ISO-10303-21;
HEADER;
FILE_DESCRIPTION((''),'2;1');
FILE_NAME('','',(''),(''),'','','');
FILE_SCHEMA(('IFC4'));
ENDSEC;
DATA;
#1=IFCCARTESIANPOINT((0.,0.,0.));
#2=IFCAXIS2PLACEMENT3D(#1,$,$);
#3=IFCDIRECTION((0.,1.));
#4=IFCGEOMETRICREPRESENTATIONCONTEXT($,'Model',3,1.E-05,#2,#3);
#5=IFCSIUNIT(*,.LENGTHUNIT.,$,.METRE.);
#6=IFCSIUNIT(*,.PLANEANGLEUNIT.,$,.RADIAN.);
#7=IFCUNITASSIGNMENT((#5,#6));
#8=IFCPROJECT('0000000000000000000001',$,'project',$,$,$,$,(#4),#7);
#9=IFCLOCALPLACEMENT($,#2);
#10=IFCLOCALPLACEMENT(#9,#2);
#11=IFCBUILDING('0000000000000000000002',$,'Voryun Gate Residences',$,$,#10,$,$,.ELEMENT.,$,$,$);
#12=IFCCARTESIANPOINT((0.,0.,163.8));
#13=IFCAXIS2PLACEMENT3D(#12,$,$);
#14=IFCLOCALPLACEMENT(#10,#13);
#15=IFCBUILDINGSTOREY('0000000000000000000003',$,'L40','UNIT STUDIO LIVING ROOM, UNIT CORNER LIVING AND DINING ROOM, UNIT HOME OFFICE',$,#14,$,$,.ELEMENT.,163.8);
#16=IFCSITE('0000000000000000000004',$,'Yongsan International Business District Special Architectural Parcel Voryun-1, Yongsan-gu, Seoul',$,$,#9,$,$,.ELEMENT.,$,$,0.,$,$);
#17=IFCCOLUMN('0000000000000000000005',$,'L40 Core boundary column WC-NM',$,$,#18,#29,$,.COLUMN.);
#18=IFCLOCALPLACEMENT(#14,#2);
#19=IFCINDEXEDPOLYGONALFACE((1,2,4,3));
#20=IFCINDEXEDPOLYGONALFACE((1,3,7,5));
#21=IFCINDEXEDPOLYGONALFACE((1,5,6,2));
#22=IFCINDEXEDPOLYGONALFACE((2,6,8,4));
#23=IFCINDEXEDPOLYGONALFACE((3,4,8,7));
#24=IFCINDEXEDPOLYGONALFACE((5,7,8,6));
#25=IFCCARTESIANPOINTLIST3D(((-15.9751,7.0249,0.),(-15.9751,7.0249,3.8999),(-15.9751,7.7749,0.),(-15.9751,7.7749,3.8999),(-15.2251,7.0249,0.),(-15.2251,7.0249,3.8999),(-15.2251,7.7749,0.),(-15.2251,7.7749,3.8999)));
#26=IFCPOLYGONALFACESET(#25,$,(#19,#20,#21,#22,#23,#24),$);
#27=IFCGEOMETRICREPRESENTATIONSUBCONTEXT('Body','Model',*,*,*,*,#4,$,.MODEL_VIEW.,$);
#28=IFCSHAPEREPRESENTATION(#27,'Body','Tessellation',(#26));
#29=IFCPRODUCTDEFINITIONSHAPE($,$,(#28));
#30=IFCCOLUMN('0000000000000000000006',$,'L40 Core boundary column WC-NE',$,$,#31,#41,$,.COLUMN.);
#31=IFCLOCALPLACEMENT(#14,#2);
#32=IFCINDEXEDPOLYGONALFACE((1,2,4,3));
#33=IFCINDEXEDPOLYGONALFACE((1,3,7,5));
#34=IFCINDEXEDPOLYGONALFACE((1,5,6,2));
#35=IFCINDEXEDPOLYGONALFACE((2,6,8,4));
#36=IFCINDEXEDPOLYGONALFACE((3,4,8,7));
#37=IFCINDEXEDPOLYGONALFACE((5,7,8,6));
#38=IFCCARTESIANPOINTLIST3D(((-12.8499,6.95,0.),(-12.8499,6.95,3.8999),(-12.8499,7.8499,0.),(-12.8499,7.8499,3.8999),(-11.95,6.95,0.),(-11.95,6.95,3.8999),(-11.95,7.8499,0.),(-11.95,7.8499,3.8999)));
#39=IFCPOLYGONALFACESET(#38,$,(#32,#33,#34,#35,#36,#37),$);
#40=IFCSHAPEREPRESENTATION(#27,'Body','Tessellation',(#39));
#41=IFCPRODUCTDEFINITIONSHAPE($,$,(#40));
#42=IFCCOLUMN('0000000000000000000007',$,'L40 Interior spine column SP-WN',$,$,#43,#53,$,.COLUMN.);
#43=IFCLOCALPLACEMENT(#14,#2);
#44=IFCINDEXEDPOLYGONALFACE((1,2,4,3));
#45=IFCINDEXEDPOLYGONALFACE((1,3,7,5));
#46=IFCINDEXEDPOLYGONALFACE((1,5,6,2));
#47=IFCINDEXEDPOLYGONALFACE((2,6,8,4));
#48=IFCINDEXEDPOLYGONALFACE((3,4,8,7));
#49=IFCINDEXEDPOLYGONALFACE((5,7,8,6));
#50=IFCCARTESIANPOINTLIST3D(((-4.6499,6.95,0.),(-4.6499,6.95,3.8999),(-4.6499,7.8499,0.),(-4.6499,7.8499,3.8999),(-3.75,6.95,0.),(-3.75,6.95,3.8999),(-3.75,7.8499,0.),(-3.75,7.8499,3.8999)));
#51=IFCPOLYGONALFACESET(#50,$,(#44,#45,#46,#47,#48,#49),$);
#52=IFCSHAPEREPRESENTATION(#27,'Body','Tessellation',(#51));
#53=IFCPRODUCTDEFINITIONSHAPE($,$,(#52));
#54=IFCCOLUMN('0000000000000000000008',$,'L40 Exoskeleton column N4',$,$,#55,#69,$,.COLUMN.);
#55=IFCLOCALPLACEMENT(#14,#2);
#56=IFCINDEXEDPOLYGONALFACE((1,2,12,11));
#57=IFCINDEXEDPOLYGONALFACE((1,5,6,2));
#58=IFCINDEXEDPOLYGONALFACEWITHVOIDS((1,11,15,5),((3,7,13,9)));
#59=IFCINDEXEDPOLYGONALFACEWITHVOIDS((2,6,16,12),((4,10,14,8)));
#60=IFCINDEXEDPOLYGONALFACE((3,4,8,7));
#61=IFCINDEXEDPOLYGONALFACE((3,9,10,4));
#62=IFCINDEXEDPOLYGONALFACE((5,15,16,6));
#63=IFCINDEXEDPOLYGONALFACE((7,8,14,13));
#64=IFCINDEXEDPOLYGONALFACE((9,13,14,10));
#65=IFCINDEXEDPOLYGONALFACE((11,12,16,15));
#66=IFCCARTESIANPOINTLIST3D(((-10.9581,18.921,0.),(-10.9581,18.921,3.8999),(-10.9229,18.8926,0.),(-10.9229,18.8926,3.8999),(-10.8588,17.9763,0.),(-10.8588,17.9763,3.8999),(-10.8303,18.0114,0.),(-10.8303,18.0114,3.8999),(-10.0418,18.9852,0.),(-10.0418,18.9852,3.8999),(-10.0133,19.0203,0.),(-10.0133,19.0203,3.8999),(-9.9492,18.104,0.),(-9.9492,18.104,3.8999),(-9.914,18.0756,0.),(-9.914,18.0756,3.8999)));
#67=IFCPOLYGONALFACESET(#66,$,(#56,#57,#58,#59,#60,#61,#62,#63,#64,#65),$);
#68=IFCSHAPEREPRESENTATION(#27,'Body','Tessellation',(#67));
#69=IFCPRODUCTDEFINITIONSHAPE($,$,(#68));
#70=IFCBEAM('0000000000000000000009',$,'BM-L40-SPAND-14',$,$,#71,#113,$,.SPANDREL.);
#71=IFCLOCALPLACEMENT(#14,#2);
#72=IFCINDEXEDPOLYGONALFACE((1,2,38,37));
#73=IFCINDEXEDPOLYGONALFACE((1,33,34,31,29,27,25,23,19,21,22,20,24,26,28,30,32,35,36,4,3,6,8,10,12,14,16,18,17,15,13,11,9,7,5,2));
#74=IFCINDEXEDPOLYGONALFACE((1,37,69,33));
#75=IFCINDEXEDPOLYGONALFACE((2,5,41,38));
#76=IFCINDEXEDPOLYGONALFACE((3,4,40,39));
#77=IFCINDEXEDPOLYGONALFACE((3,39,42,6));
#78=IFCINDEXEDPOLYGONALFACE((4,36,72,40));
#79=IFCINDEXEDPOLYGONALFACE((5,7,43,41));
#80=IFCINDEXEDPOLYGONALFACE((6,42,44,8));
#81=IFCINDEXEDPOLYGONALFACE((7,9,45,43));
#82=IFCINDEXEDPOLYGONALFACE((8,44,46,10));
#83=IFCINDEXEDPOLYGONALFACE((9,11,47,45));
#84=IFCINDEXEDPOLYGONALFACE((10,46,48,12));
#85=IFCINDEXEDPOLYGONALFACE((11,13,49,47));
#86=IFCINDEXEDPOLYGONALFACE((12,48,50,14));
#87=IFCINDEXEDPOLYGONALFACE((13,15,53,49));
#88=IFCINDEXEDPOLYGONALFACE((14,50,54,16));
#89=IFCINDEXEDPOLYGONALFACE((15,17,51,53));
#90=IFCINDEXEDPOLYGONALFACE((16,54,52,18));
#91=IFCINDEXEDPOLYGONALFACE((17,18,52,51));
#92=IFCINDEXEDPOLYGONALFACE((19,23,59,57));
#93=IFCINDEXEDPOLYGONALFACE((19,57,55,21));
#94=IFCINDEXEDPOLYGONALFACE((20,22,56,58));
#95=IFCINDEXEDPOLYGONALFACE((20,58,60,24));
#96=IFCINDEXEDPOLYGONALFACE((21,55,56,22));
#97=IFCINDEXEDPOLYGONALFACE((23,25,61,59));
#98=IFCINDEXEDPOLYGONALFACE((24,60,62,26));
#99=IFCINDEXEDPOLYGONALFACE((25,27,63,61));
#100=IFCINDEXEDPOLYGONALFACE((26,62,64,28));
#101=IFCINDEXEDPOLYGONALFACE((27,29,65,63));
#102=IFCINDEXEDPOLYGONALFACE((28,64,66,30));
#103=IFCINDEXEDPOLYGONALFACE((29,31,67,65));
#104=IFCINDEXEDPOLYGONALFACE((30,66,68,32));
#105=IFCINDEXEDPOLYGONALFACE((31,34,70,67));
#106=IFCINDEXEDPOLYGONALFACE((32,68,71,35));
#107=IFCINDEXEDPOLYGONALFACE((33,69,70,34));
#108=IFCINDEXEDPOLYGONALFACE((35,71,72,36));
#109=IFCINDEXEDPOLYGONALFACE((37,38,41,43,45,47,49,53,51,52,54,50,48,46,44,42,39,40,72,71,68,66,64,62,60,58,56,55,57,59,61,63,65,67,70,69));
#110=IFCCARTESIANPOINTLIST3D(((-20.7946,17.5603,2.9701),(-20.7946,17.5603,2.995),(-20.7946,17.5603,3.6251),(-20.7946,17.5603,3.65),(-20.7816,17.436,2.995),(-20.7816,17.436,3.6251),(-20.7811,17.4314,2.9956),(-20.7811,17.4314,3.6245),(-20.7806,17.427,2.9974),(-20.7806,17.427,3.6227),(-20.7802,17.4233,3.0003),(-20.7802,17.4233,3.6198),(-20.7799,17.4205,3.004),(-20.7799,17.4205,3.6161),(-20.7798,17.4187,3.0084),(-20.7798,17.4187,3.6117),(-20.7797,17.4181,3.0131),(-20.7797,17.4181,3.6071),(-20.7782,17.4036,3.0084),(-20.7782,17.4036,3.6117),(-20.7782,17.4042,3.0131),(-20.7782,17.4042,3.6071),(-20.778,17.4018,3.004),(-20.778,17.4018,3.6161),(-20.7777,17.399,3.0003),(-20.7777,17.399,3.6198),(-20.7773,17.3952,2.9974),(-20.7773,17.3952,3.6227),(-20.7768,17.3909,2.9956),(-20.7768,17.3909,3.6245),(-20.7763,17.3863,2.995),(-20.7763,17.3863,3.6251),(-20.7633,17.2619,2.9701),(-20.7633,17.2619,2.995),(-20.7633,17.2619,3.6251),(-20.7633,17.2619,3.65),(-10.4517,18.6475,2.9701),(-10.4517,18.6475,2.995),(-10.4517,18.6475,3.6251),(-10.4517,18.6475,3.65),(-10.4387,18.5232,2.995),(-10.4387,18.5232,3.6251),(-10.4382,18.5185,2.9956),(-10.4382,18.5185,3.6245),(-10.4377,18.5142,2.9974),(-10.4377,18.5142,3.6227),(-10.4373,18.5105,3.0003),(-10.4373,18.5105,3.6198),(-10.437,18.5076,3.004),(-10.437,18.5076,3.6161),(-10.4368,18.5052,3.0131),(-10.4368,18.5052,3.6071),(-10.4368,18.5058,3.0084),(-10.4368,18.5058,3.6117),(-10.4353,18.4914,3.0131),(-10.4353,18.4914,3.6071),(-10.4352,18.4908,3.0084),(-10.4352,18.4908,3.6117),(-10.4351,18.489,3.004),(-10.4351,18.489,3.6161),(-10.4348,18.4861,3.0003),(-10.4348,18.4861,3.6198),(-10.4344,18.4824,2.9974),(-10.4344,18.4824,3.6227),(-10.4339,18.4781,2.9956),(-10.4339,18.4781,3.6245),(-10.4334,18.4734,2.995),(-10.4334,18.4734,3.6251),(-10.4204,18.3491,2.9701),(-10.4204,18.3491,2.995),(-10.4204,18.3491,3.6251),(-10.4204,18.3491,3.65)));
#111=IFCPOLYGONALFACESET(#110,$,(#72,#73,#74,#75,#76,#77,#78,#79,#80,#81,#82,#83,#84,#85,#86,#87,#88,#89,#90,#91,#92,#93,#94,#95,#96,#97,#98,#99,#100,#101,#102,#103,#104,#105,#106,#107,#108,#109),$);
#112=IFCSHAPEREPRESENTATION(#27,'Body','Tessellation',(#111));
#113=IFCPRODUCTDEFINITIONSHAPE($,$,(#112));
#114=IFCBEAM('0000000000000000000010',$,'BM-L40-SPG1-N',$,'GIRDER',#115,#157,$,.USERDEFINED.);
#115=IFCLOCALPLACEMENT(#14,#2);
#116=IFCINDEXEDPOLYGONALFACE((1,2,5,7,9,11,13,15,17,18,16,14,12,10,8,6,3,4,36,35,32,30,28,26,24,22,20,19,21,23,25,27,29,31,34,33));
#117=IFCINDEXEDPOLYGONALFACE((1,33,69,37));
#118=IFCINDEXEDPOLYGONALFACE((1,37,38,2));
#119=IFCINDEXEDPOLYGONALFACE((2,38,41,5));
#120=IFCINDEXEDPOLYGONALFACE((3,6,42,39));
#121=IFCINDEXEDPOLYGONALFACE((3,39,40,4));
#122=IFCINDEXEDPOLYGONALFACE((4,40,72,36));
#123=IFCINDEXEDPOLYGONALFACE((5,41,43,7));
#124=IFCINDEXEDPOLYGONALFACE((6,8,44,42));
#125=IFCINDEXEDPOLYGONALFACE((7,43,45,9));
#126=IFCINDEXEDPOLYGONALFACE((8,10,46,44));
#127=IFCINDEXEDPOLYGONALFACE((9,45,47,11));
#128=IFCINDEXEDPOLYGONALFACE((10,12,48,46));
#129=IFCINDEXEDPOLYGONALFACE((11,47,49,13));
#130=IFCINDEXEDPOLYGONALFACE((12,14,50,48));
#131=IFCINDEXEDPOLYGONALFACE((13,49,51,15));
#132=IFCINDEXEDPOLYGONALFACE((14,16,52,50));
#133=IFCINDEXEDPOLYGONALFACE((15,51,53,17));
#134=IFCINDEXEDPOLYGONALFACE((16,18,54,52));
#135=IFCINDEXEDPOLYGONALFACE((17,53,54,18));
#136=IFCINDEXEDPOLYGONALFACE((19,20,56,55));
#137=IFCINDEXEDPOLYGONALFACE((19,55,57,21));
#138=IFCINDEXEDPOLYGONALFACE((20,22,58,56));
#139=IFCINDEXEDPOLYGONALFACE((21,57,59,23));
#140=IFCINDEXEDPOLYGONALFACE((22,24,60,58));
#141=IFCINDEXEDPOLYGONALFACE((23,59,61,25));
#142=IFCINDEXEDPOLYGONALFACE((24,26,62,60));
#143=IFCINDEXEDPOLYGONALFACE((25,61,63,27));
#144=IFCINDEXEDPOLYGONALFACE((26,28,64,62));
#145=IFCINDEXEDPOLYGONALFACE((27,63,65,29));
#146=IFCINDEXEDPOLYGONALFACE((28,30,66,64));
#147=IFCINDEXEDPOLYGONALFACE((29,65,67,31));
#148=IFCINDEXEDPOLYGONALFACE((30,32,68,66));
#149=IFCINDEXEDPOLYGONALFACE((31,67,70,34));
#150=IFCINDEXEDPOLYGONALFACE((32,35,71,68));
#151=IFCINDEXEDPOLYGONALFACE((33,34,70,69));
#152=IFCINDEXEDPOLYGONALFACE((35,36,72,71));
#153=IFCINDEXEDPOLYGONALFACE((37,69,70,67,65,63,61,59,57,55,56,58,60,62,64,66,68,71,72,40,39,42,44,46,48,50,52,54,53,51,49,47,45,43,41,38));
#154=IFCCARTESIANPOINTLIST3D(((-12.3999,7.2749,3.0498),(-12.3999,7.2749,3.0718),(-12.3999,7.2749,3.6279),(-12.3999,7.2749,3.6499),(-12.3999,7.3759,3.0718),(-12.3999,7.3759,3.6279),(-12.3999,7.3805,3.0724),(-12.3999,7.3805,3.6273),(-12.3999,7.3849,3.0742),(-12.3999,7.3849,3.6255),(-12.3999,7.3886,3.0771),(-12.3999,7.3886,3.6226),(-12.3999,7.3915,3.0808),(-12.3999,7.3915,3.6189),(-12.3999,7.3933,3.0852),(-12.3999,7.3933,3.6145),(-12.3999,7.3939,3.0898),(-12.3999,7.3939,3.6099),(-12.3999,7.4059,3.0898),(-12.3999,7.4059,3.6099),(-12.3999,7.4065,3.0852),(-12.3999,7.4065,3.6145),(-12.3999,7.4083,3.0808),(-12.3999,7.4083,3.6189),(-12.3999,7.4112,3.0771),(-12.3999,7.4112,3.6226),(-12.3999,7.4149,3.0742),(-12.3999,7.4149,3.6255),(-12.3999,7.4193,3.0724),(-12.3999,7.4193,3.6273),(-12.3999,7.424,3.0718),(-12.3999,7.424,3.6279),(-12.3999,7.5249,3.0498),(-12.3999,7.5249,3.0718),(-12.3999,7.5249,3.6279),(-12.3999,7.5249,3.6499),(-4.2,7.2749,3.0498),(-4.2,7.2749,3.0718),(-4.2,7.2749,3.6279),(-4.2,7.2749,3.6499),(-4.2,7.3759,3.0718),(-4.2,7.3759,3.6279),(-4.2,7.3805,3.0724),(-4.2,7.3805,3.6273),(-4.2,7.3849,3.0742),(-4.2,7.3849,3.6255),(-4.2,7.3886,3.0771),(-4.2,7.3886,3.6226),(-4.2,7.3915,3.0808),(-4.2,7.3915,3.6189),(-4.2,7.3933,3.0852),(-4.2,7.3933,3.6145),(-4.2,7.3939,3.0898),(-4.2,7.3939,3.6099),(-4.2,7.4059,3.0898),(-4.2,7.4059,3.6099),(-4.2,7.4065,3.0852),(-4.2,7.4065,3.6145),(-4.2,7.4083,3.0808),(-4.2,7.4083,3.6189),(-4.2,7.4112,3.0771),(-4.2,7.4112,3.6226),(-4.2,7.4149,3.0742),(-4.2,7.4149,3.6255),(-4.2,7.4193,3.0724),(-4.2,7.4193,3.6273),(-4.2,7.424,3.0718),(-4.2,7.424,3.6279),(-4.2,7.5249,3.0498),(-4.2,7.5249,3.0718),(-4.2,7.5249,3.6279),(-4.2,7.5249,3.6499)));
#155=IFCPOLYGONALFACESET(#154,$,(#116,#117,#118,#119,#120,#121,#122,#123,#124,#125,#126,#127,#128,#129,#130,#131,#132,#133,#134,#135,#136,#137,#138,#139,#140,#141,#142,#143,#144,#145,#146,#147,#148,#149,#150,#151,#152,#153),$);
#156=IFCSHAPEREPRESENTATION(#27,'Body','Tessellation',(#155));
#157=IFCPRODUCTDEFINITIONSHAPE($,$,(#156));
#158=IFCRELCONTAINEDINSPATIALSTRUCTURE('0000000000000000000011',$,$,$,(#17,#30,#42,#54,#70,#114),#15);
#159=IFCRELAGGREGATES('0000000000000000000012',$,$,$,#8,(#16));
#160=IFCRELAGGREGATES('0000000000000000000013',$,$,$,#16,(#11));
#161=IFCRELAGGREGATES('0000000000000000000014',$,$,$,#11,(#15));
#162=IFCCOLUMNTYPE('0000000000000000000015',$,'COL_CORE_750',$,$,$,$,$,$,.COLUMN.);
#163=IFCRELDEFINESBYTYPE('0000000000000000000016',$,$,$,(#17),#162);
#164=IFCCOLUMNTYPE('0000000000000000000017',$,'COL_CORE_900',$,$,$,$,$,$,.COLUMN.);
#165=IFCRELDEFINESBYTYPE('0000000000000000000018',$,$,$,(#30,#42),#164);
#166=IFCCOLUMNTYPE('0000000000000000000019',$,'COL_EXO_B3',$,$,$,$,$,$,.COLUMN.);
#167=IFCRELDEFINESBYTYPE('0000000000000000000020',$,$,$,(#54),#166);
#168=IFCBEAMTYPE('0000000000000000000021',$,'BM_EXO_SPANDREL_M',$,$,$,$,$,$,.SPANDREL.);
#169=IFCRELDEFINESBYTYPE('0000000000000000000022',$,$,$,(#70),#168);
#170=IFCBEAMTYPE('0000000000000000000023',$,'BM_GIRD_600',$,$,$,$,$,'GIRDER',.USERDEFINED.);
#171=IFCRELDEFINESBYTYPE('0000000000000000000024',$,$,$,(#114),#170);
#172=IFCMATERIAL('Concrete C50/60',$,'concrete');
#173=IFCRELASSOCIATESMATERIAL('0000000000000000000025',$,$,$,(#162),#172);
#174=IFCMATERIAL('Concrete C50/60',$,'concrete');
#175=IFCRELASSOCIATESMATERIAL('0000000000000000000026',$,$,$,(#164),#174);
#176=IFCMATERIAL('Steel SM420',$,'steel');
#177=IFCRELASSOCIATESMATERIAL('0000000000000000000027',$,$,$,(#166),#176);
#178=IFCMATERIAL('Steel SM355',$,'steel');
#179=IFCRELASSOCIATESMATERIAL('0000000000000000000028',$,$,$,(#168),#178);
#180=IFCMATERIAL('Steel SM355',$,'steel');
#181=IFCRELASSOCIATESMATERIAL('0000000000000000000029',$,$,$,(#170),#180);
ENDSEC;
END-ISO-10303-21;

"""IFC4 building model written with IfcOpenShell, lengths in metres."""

from ifc_helpers import new_model, si_unit, direction, frame, origin, origin_2d, place, context, subcontext, project, spatial, rectangle, hollow_rectangle, i_section, extrude, material, material_profile, profile_set, type_object, element, save


model = new_model("IFC4")

# Units and contexts
model_context = context("Model", 3, precision=1e-05, world=origin(), true_north=direction((0.0, 1.0)))
body_context = subcontext(model_context, "Body", "Model", "MODEL_VIEW")
ifc_project = project(units=[si_unit("LENGTHUNIT", "METRE"), si_unit("PLANEANGLEUNIT", "RADIAN")], contexts=[model_context])

# Site, building, storey
site_placement = place(None, origin())
site = spatial("IfcSite", under=ifc_project, at=site_placement, Name="Yongsan International Business District Special Architectural Parcel Voryun-1, Yongsan-gu, Seoul", CompositionType="ELEMENT", RefElevation=0.0)
building_placement = place(site_placement, origin())
building = spatial("IfcBuilding", under=site, at=building_placement, Name="Voryun Gate Residences", CompositionType="ELEMENT")
storey_placement = place(building_placement, frame((0.0, 0.0, 163.8)))
storey = spatial("IfcBuildingStorey", under=building, at=storey_placement, Name="L40", Description="UNIT STUDIO LIVING ROOM, UNIT CORNER LIVING AND DINING ROOM, UNIT HOME OFFICE", CompositionType="ELEMENT", Elevation=163.8)

# Columns
ifc_material_1 = material(Name="Concrete C50/60", Category="concrete")
ifc_material_profile_1 = material_profile(ifc_material_1, rectangle(XDim=0.75, YDim=0.75, at=origin_2d()), Name="RC-750x750")
ifc_profile_set_1 = profile_set([ifc_material_profile_1], Name="Concrete C50/60")
column_type_1 = type_object("IfcColumnType", Name="COL_CORE_750", PredefinedType="COLUMN", material=ifc_profile_set_1)
column_1_placement = place(storey_placement, frame((-15.6001, 7.3999, 0.0), z_axis=(0.0, 0.0, 1.0), x_axis=(1.0, 0.0, 0.0)))
element("IfcColumn", 1, at=column_1_placement, inside=storey, type_object=column_type_1, Name="L40 Core boundary column WC-NM", PredefinedType="COLUMN", context=body_context, shape_type="SweptSolid", body=[
    extrude(rectangle(XDim=0.75, YDim=0.75, at=origin_2d()), origin(), (0.0, 0.0, 1.0), 3.8999),
])
ifc_material_2 = material(Name="Concrete C50/60", Category="concrete")
ifc_material_profile_2 = material_profile(ifc_material_2, rectangle(XDim=0.8999, YDim=0.8999, at=origin_2d()), Name="RC-900x900")
ifc_profile_set_2 = profile_set([ifc_material_profile_2], Name="Concrete C50/60")
column_type_2 = type_object("IfcColumnType", Name="COL_CORE_900", PredefinedType="COLUMN", material=ifc_profile_set_2)
for number, where, z_axis, x_axis, name in (
    (2, (-12.3999, 7.3999, 0.0), (0.0, 0.0, 1.0), (1.0, 0.0, 0.0), "L40 Core boundary column WC-NE"),
    (3, (-4.2, 7.3999, 0.0), (0.0, 0.0, 1.0), (1.0, 0.0, 0.0), "L40 Interior spine column SP-WN"),
):
    element("IfcColumn", number, at=place(storey_placement, frame(where, z_axis=z_axis, x_axis=x_axis)), inside=storey, type_object=column_type_2, Name=name, PredefinedType="COLUMN", context=body_context, shape_type="SweptSolid", body=[
        extrude(rectangle(XDim=0.8999, YDim=0.8999, at=origin_2d()), origin(), (0.0, 0.0, 1.0), 3.8999),
    ])
ifc_material_3 = material(Name="Steel SM420", Category="steel")
ifc_material_profile_3 = material_profile(ifc_material_3, hollow_rectangle(XDim=0.95, YDim=0.95, WallThickness=0.032, at=origin_2d()), Name="BOX-950x950x32")
ifc_profile_set_3 = profile_set([ifc_material_profile_3], Name="Steel SM420")
column_type_3 = type_object("IfcColumnType", Name="COL_EXO_B3", PredefinedType="COLUMN", material=ifc_profile_set_3)
column_2_placement = place(storey_placement, frame((-10.436, 18.4983, 0.0), z_axis=(0.0, 0.0, 1.0), x_axis=(0.994522, 0.104528, 0.0)))
element("IfcColumn", 4, at=column_2_placement, inside=storey, type_object=column_type_3, Name="L40 Exoskeleton column N4", PredefinedType="COLUMN", context=body_context, shape_type="SweptSolid", body=[
    extrude(hollow_rectangle(XDim=0.95, YDim=0.95, WallThickness=0.032, at=origin_2d()), origin(), (0.0, 0.0, 1.0), 3.8999),
])

# Beams
ifc_material_4 = material(Name="Steel SM355", Category="steel")
ifc_material_profile_4 = material_profile(ifc_material_4, i_section(OverallWidth=0.3, OverallDepth=0.6799, WebThickness=0.0139, FlangeThickness=0.0249, FilletRadius=0.0181, at=origin_2d()), Name="H-680x300x14x25")
ifc_profile_set_4 = profile_set([ifc_material_profile_4], Name="Steel SM355")
beam_type_1 = type_object("IfcBeamType", Name="BM_EXO_SPANDREL_M", PredefinedType="SPANDREL", material=ifc_profile_set_4)
beam_1_placement = place(storey_placement, frame((-10.436, 18.4983, 3.3101), z_axis=(-0.994521, -0.104534, 0.0), x_axis=(0.104534, -0.994521, 0.0)))
element("IfcBeam", 5, at=beam_1_placement, inside=storey, type_object=beam_type_1, Name="BM-L40-SPAND-14", PredefinedType="SPANDREL", context=body_context, shape_type="SweptSolid", body=[
    extrude(i_section(OverallWidth=0.3, OverallDepth=0.6799, WebThickness=0.0139, FlangeThickness=0.0249, FilletRadius=0.0181, at=origin_2d()), origin(), (0.0, 0.0, 1.0), 10.3999),
])
ifc_material_5 = material(Name="Steel SM355", Category="steel")
ifc_material_profile_5 = material_profile(ifc_material_5, i_section(OverallWidth=0.25, OverallDepth=0.6001, WebThickness=0.012, FlangeThickness=0.022, FilletRadius=0.0181, at=origin_2d()), Name="H-600x250x12x22")
ifc_profile_set_5 = profile_set([ifc_material_profile_5], Name="Steel SM355")
beam_type_2 = type_object("IfcBeamType", Name="BM_GIRD_600", ElementType="GIRDER", PredefinedType="USERDEFINED", material=ifc_profile_set_5)
beam_2_placement = place(storey_placement, frame((-12.3999, 7.3999, 3.3499), z_axis=(1.0, 0.0, 0.0), x_axis=(0.0, 1.0, 0.0)))
element("IfcBeam", 6, at=beam_2_placement, inside=storey, type_object=beam_type_2, Name="BM-L40-SPG1-N", ObjectType="GIRDER", PredefinedType="USERDEFINED", context=body_context, shape_type="SweptSolid", body=[
    extrude(i_section(OverallWidth=0.25, OverallDepth=0.6001, WebThickness=0.012, FlangeThickness=0.022, FilletRadius=0.0181, at=origin_2d()), origin(), (0.0, 0.0, 1.0), 8.2),
])

save(model, "model.ifc")
